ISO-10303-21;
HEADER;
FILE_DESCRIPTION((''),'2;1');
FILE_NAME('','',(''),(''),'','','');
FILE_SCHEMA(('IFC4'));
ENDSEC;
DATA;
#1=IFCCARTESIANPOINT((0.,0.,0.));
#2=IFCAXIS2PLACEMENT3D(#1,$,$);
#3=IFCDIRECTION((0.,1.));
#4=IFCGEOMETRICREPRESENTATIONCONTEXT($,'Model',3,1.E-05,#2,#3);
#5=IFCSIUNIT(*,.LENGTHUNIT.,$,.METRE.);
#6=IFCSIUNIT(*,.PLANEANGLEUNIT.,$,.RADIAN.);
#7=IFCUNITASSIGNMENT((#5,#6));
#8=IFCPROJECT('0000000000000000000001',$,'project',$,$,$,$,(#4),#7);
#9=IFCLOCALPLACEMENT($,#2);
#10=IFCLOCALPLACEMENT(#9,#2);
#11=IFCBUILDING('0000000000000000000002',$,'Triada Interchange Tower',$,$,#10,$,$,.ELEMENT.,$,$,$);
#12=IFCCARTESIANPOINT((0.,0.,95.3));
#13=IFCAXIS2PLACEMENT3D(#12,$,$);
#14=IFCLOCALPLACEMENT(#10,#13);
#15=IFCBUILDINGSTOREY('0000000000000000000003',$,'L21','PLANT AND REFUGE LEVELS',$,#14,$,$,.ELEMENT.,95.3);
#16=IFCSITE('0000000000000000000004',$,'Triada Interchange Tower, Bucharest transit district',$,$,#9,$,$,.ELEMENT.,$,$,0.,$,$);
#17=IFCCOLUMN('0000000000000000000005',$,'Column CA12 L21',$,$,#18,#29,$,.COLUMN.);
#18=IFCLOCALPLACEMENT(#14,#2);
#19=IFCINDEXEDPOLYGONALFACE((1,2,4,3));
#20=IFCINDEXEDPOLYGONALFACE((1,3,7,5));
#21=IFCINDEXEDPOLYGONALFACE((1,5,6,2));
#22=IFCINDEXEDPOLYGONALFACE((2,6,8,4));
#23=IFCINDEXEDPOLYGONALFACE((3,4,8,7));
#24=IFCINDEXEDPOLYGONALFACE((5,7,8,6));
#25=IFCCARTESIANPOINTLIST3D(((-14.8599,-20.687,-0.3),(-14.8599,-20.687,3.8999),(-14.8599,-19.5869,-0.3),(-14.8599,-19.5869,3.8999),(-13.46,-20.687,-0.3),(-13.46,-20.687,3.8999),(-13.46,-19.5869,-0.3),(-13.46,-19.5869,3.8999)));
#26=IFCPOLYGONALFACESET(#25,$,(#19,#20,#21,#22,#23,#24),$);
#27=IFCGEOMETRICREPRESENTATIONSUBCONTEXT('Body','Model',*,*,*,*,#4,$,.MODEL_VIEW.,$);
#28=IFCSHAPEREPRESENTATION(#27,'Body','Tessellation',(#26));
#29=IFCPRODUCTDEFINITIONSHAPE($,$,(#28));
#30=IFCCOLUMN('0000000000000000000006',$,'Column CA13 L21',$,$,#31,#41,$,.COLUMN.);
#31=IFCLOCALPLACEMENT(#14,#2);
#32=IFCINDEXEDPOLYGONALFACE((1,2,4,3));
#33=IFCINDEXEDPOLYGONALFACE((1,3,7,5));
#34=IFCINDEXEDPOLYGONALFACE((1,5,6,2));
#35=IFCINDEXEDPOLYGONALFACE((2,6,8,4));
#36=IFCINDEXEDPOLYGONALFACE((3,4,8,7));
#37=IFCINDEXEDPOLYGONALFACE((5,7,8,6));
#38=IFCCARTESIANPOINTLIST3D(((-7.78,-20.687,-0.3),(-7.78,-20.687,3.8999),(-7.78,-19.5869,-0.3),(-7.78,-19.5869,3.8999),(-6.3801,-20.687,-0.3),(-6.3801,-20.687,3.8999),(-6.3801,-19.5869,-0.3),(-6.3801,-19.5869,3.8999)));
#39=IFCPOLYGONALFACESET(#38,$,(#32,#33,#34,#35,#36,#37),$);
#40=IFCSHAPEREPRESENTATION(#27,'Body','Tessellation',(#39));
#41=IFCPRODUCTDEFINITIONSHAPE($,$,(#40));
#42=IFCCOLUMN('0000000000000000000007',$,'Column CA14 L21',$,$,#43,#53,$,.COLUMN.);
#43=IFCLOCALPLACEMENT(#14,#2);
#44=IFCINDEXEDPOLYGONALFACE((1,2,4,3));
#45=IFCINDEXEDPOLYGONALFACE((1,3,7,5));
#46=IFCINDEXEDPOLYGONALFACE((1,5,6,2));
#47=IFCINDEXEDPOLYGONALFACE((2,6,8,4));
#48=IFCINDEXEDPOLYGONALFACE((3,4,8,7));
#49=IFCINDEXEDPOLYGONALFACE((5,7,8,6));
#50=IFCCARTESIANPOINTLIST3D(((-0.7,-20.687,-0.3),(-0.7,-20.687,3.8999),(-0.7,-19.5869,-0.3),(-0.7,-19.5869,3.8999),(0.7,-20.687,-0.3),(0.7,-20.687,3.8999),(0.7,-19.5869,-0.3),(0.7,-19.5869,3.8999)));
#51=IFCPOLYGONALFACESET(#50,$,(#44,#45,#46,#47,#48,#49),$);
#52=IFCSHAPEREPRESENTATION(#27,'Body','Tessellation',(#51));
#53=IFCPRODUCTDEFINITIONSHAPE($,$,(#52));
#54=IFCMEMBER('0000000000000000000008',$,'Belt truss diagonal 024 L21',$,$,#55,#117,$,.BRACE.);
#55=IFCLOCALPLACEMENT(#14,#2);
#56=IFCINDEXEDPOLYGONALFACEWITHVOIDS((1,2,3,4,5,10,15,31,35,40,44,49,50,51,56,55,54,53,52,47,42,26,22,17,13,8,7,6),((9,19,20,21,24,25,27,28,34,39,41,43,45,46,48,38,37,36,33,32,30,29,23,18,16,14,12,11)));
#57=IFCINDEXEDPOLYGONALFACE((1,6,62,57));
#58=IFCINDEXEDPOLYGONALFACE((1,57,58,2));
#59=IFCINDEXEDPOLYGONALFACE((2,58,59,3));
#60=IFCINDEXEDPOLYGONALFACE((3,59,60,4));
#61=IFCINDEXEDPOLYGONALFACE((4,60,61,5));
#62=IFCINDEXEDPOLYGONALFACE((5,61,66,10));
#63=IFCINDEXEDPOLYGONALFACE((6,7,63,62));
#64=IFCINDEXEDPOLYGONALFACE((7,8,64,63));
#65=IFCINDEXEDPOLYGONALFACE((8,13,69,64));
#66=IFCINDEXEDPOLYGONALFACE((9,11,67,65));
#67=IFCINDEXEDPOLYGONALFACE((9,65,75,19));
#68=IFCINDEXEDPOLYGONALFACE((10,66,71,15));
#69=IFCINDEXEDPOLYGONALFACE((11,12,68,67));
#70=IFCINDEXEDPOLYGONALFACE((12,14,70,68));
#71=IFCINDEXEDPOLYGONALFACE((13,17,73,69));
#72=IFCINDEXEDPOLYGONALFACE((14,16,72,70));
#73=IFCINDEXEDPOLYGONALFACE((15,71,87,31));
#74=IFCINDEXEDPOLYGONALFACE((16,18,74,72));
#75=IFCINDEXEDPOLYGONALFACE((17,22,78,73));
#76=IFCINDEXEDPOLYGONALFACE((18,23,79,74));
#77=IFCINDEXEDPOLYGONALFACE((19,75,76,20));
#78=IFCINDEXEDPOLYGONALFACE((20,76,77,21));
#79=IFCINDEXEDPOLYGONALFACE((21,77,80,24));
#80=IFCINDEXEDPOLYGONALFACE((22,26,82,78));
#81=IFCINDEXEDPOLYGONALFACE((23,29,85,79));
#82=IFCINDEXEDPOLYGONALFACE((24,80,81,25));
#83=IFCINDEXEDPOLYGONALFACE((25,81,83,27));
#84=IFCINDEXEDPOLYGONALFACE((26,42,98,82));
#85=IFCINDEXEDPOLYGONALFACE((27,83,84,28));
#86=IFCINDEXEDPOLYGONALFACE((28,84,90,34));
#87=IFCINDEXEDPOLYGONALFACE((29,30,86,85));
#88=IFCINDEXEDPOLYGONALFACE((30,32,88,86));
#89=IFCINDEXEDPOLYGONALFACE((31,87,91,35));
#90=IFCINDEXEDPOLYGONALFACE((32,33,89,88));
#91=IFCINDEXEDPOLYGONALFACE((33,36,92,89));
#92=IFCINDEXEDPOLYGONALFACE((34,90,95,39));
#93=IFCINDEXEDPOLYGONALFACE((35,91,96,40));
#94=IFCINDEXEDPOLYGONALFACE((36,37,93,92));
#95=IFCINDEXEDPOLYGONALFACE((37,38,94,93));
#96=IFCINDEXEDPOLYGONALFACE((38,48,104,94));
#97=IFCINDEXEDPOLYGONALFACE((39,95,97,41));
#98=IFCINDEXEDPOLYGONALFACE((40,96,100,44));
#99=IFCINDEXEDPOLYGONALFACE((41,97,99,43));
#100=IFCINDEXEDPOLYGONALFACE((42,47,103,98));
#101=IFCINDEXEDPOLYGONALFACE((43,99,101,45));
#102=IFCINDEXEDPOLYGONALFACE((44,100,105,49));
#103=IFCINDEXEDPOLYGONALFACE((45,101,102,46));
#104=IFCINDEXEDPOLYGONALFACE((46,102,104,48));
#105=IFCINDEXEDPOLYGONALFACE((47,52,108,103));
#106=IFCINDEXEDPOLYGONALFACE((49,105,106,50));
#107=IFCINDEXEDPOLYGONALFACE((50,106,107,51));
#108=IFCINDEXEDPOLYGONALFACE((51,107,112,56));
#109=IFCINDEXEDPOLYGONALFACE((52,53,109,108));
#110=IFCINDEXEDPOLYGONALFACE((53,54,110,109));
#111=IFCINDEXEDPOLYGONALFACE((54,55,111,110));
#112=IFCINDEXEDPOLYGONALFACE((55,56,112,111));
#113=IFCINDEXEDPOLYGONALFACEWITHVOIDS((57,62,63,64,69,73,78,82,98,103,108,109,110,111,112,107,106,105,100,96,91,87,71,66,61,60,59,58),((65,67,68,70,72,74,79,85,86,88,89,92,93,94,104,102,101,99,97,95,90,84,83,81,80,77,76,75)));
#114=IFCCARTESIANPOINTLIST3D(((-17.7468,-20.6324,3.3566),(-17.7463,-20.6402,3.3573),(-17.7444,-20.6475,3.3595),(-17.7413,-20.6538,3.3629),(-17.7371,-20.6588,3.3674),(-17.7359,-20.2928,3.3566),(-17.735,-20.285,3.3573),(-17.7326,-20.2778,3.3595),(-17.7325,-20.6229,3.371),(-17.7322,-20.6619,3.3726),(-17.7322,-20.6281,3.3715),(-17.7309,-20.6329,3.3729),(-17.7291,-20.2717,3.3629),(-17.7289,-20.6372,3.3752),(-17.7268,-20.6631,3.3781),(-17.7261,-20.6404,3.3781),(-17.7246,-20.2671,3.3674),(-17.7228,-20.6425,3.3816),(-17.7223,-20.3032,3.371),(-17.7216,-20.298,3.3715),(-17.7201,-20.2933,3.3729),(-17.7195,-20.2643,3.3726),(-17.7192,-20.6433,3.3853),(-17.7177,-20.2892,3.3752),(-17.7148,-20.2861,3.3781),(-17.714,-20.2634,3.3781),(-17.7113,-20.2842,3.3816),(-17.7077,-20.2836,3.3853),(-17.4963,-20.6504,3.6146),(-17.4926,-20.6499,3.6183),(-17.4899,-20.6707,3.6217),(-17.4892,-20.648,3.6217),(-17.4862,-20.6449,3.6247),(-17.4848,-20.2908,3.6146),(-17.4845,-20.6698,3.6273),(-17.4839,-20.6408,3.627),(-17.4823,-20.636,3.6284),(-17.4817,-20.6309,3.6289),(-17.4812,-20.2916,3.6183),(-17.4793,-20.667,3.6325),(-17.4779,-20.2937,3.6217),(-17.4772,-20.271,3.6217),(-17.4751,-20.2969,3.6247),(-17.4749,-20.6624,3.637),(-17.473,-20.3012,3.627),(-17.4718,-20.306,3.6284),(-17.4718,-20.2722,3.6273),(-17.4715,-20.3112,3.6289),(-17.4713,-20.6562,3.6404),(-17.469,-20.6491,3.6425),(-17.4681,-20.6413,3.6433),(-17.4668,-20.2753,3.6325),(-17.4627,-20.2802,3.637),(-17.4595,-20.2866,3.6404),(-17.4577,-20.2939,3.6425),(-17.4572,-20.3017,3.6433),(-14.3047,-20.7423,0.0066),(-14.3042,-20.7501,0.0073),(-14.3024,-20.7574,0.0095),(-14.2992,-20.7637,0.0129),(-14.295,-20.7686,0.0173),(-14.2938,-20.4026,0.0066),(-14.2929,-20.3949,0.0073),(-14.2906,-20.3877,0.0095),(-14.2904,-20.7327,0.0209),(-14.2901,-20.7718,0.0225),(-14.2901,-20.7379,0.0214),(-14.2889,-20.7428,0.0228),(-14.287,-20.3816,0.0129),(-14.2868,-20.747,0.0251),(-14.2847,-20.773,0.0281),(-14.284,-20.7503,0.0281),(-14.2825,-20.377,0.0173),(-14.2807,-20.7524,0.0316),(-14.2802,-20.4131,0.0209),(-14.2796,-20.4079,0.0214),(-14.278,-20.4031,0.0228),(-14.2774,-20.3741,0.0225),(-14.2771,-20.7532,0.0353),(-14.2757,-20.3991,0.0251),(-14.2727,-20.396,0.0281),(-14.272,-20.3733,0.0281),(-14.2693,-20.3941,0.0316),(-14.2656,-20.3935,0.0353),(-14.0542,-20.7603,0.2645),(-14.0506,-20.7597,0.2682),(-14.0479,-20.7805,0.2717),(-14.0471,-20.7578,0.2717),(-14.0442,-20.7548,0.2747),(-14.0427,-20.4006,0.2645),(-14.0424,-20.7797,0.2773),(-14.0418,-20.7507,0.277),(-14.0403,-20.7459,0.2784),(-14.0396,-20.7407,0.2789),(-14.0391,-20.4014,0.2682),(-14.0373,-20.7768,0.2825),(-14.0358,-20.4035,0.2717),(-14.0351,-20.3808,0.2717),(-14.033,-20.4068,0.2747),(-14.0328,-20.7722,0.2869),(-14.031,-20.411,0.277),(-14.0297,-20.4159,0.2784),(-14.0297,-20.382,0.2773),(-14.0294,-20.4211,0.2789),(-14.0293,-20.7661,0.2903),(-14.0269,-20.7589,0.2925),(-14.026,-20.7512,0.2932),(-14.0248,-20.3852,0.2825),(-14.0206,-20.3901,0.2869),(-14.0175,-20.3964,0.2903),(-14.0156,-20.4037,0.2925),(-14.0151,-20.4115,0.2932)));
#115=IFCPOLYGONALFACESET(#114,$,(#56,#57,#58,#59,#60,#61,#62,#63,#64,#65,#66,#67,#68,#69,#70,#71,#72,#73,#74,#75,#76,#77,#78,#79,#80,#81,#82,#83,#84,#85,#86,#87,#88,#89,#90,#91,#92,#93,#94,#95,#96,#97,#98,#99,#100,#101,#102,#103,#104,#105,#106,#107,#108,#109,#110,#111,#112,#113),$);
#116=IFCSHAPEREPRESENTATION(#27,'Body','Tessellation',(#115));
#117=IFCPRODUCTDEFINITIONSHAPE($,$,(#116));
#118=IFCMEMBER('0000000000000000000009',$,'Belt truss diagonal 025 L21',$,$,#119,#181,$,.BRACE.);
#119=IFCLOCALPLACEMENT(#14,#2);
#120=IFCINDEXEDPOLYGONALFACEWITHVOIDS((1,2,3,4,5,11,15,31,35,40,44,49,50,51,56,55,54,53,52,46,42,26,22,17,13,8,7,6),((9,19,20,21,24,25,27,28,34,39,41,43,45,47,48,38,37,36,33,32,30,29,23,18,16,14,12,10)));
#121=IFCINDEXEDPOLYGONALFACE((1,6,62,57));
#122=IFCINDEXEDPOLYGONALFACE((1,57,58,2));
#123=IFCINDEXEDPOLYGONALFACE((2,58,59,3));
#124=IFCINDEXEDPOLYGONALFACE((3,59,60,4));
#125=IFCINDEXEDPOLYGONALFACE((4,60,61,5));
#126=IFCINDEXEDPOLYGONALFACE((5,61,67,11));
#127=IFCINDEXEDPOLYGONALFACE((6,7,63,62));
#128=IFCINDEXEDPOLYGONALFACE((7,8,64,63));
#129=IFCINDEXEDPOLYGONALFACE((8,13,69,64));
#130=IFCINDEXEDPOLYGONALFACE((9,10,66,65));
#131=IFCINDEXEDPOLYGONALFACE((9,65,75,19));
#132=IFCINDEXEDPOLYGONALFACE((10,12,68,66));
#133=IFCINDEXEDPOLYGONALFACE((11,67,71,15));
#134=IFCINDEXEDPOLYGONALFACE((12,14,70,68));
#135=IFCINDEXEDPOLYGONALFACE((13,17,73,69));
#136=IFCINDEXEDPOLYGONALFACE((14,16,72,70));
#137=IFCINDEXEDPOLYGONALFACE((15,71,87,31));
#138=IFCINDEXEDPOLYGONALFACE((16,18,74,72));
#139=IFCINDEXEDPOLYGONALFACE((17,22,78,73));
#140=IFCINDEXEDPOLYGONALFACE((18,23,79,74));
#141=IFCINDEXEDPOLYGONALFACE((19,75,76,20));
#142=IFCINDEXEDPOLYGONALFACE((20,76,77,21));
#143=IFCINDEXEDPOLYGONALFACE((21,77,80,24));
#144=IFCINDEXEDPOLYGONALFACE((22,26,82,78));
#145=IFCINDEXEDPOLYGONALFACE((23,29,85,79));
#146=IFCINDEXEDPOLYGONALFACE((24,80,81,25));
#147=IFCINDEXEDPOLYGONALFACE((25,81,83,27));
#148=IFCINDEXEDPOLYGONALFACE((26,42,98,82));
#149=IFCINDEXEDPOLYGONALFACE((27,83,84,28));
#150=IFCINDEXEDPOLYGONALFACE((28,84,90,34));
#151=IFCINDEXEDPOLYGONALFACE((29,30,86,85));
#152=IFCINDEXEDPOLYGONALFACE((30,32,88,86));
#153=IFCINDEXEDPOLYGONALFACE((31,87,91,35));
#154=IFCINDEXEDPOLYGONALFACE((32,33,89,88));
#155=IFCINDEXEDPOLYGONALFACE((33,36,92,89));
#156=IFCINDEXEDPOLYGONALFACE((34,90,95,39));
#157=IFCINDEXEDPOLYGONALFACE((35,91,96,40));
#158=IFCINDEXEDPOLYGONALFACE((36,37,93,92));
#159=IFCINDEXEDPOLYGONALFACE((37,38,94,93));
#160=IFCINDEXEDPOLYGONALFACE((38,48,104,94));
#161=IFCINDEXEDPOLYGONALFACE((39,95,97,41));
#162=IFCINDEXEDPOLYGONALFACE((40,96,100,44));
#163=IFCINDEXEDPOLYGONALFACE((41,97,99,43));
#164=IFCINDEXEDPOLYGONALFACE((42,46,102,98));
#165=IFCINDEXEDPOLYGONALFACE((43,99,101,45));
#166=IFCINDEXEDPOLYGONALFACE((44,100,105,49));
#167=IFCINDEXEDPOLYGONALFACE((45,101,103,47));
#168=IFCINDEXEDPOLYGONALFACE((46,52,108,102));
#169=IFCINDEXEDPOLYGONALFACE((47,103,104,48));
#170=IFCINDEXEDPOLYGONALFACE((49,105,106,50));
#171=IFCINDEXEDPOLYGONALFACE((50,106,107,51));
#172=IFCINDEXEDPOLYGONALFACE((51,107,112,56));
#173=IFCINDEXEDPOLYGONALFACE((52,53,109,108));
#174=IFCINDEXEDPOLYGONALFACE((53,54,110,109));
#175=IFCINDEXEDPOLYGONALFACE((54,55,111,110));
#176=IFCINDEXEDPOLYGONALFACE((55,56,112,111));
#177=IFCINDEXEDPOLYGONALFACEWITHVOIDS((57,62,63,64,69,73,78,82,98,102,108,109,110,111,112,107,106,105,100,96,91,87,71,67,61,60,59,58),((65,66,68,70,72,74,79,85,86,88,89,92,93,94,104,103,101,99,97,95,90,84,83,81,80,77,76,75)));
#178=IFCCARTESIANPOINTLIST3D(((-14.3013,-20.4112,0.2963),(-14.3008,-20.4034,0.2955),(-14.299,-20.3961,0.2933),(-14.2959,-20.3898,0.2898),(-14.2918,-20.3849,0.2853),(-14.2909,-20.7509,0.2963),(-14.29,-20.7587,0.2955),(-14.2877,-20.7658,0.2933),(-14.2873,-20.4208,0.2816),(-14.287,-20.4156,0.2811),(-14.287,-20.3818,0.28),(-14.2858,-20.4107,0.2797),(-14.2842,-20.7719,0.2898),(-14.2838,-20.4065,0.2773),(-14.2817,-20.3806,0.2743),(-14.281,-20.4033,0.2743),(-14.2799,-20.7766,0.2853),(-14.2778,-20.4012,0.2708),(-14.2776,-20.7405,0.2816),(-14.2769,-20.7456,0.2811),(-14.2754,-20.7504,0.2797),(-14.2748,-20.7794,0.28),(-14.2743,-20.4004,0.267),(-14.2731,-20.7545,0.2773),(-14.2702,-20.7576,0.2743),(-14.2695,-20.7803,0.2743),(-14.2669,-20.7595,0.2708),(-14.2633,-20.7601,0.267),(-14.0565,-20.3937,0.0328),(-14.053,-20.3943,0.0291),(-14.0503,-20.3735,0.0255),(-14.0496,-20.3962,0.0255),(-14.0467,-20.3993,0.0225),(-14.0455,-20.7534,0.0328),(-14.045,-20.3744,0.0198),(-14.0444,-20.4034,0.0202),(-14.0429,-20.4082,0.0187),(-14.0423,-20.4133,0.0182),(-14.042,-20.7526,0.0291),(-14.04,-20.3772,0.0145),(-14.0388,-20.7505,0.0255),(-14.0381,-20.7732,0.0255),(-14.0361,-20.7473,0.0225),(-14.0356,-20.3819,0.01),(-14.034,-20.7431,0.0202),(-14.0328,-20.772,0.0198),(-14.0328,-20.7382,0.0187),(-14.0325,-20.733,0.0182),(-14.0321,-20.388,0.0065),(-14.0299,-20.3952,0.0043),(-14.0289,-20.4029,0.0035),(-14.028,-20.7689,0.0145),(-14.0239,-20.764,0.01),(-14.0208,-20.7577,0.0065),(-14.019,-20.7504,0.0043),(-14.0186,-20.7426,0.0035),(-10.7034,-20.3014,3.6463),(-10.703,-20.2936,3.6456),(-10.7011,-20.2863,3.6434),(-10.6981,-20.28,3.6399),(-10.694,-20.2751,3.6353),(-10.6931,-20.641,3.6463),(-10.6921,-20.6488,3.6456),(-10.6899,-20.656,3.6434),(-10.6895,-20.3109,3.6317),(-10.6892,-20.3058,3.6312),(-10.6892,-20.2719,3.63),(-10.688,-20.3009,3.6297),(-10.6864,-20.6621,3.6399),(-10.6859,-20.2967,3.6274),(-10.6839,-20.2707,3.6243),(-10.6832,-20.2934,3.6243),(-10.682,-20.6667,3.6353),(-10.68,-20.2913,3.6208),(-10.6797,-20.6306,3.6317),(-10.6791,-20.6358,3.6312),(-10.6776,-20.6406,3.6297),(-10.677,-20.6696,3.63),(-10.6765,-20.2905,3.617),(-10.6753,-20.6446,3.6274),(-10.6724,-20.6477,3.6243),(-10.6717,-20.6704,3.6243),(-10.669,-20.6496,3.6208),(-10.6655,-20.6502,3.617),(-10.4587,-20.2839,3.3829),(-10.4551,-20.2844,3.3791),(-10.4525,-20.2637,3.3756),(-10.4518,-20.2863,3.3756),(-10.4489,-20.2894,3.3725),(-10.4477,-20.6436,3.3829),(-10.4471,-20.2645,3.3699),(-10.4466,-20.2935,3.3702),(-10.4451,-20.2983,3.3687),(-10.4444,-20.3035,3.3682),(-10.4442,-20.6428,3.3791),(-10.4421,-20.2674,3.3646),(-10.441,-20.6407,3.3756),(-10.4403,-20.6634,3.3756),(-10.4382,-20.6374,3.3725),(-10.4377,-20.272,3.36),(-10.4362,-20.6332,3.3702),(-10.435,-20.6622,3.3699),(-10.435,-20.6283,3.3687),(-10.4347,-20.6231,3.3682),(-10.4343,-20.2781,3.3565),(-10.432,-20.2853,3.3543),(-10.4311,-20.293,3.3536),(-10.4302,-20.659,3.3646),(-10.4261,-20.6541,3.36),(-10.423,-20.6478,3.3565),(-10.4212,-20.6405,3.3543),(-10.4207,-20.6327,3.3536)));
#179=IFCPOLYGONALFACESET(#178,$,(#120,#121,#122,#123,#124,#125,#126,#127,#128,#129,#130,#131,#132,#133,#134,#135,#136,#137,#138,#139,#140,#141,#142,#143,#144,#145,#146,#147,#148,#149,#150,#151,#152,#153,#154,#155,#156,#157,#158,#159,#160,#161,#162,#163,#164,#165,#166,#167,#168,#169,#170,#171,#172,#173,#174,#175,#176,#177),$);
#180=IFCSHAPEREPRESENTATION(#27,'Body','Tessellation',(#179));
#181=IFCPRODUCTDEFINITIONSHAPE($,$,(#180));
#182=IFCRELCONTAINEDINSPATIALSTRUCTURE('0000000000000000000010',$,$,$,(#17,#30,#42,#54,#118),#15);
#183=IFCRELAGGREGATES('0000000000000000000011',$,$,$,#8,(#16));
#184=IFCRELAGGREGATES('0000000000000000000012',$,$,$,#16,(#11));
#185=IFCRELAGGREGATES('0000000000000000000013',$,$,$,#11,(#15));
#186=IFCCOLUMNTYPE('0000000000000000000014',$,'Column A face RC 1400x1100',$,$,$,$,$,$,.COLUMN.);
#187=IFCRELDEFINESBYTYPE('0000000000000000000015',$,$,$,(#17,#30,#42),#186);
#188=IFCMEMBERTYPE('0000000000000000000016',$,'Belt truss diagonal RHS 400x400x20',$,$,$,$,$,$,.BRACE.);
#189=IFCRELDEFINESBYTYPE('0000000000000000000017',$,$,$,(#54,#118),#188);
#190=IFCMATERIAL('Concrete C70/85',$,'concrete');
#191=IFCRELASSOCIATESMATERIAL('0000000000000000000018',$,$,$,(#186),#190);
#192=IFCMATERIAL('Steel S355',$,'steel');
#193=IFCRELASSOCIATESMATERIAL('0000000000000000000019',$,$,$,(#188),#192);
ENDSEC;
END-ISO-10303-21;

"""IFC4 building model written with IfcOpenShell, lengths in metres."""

from ifc_helpers import new_model, si_unit, direction, frame, origin, origin_2d, place, context, subcontext, project, spatial, rectangle, hollow_rectangle, extrude, material, material_profile, profile_set, type_object, element, save


model = new_model("IFC4")

# Units and contexts
model_context = context("Model", 3, precision=1e-05, world=origin(), true_north=direction((0.0, 1.0)))
body_context = subcontext(model_context, "Body", "Model", "MODEL_VIEW")
ifc_project = project(units=[si_unit("LENGTHUNIT", "METRE"), si_unit("PLANEANGLEUNIT", "RADIAN")], contexts=[model_context])

# Site, building, storey
site_placement = place(None, origin())
site = spatial("IfcSite", under=ifc_project, at=site_placement, Name="Triada Interchange Tower, Bucharest transit district", CompositionType="ELEMENT", RefElevation=0.0)
building_placement = place(site_placement, origin())
building = spatial("IfcBuilding", under=site, at=building_placement, Name="Triada Interchange Tower", CompositionType="ELEMENT")
storey_placement = place(building_placement, frame((0.0, 0.0, 95.3)))
storey = spatial("IfcBuildingStorey", under=building, at=storey_placement, Name="L21", Description="PLANT AND REFUGE LEVELS", CompositionType="ELEMENT", Elevation=95.3)

# Columns
ifc_material_1 = material(Name="Concrete C70/85", Category="concrete")
ifc_material_profile_1 = material_profile(ifc_material_1, rectangle(XDim=1.3999, YDim=1.1001, at=origin_2d()), Name="RC 1400x1100")
ifc_profile_set_1 = profile_set([ifc_material_profile_1], Name="Concrete C70/85")
column_type = type_object("IfcColumnType", Name="Column A face RC 1400x1100", PredefinedType="COLUMN", material=ifc_profile_set_1)
for number, where, z_axis, x_axis, name in (
    (1, (-14.1599, -20.137, -0.3), (0.0, 0.0, 1.0), (1.0, 0.0, 0.0), "Column CA12 L21"),
    (2, (-7.0801, -20.137, -0.3), (0.0, 0.0, 1.0), (1.0, 0.0, 0.0), "Column CA13 L21"),
    (3, (0.0, -20.137, -0.3), (0.0, 0.0, 1.0), (1.0, 0.0, 0.0), "Column CA14 L21"),
):
    element("IfcColumn", number, at=place(storey_placement, frame(where, z_axis=z_axis, x_axis=x_axis)), inside=storey, type_object=column_type, Name=name, PredefinedType="COLUMN", context=body_context, shape_type="SweptSolid", body=[
        extrude(rectangle(XDim=1.3999, YDim=1.1001, at=origin_2d()), origin(), (0.0, 0.0, 1.0), 4.2),
    ])

# Members
ifc_material_2 = material(Name="Steel S355", Category="steel")
ifc_material_profile_2 = material_profile(ifc_material_2, hollow_rectangle(XDim=0.3999, YDim=0.3999, WallThickness=0.02, InnerFilletRadius=0.02, OuterFilletRadius=0.03, at=origin_2d()), Name="RHS 400x400x20")
ifc_profile_set_2 = profile_set([ifc_material_profile_2], Name="Steel S355")
member_type = type_object("IfcMemberType", Name="Belt truss diagonal RHS 400x400x20", PredefinedType="BRACE", material=ifc_profile_set_2)
member_1_placement = place(storey_placement, frame((-14.1599, -20.5769, 0.1499), z_axis=(-0.716436, 0.022867, 0.697278), x_axis=(-0.031901, -0.999491, 0.0)))
element("IfcMember", 4, at=member_1_placement, inside=storey, type_object=member_type, Name="Belt truss diagonal 024 L21", PredefinedType="BRACE", context=body_context, shape_type="SweptSolid", body=[
    extrude(hollow_rectangle(XDim=0.3999, YDim=0.3999, WallThickness=0.02, InnerFilletRadius=0.02, OuterFilletRadius=0.03, at=origin_2d()), origin(), (0.0, 0.0, 1.0), 4.8044),
])
member_2_placement = place(storey_placement, frame((-14.1599, -20.5769, 0.1499), z_axis=(0.731678, 0.022342, 0.681284), x_axis=(-0.030521, 0.999534, 0.0)))
element("IfcMember", 5, at=member_2_placement, inside=storey, type_object=member_type, Name="Belt truss diagonal 025 L21", PredefinedType="BRACE", context=body_context, shape_type="SweptSolid", body=[
    extrude(hollow_rectangle(XDim=0.3999, YDim=0.3999, WallThickness=0.02, InnerFilletRadius=0.02, OuterFilletRadius=0.03, at=origin_2d()), origin(), (0.0, 0.0, 1.0), 4.9172),
])

save(model, "model.ifc")
